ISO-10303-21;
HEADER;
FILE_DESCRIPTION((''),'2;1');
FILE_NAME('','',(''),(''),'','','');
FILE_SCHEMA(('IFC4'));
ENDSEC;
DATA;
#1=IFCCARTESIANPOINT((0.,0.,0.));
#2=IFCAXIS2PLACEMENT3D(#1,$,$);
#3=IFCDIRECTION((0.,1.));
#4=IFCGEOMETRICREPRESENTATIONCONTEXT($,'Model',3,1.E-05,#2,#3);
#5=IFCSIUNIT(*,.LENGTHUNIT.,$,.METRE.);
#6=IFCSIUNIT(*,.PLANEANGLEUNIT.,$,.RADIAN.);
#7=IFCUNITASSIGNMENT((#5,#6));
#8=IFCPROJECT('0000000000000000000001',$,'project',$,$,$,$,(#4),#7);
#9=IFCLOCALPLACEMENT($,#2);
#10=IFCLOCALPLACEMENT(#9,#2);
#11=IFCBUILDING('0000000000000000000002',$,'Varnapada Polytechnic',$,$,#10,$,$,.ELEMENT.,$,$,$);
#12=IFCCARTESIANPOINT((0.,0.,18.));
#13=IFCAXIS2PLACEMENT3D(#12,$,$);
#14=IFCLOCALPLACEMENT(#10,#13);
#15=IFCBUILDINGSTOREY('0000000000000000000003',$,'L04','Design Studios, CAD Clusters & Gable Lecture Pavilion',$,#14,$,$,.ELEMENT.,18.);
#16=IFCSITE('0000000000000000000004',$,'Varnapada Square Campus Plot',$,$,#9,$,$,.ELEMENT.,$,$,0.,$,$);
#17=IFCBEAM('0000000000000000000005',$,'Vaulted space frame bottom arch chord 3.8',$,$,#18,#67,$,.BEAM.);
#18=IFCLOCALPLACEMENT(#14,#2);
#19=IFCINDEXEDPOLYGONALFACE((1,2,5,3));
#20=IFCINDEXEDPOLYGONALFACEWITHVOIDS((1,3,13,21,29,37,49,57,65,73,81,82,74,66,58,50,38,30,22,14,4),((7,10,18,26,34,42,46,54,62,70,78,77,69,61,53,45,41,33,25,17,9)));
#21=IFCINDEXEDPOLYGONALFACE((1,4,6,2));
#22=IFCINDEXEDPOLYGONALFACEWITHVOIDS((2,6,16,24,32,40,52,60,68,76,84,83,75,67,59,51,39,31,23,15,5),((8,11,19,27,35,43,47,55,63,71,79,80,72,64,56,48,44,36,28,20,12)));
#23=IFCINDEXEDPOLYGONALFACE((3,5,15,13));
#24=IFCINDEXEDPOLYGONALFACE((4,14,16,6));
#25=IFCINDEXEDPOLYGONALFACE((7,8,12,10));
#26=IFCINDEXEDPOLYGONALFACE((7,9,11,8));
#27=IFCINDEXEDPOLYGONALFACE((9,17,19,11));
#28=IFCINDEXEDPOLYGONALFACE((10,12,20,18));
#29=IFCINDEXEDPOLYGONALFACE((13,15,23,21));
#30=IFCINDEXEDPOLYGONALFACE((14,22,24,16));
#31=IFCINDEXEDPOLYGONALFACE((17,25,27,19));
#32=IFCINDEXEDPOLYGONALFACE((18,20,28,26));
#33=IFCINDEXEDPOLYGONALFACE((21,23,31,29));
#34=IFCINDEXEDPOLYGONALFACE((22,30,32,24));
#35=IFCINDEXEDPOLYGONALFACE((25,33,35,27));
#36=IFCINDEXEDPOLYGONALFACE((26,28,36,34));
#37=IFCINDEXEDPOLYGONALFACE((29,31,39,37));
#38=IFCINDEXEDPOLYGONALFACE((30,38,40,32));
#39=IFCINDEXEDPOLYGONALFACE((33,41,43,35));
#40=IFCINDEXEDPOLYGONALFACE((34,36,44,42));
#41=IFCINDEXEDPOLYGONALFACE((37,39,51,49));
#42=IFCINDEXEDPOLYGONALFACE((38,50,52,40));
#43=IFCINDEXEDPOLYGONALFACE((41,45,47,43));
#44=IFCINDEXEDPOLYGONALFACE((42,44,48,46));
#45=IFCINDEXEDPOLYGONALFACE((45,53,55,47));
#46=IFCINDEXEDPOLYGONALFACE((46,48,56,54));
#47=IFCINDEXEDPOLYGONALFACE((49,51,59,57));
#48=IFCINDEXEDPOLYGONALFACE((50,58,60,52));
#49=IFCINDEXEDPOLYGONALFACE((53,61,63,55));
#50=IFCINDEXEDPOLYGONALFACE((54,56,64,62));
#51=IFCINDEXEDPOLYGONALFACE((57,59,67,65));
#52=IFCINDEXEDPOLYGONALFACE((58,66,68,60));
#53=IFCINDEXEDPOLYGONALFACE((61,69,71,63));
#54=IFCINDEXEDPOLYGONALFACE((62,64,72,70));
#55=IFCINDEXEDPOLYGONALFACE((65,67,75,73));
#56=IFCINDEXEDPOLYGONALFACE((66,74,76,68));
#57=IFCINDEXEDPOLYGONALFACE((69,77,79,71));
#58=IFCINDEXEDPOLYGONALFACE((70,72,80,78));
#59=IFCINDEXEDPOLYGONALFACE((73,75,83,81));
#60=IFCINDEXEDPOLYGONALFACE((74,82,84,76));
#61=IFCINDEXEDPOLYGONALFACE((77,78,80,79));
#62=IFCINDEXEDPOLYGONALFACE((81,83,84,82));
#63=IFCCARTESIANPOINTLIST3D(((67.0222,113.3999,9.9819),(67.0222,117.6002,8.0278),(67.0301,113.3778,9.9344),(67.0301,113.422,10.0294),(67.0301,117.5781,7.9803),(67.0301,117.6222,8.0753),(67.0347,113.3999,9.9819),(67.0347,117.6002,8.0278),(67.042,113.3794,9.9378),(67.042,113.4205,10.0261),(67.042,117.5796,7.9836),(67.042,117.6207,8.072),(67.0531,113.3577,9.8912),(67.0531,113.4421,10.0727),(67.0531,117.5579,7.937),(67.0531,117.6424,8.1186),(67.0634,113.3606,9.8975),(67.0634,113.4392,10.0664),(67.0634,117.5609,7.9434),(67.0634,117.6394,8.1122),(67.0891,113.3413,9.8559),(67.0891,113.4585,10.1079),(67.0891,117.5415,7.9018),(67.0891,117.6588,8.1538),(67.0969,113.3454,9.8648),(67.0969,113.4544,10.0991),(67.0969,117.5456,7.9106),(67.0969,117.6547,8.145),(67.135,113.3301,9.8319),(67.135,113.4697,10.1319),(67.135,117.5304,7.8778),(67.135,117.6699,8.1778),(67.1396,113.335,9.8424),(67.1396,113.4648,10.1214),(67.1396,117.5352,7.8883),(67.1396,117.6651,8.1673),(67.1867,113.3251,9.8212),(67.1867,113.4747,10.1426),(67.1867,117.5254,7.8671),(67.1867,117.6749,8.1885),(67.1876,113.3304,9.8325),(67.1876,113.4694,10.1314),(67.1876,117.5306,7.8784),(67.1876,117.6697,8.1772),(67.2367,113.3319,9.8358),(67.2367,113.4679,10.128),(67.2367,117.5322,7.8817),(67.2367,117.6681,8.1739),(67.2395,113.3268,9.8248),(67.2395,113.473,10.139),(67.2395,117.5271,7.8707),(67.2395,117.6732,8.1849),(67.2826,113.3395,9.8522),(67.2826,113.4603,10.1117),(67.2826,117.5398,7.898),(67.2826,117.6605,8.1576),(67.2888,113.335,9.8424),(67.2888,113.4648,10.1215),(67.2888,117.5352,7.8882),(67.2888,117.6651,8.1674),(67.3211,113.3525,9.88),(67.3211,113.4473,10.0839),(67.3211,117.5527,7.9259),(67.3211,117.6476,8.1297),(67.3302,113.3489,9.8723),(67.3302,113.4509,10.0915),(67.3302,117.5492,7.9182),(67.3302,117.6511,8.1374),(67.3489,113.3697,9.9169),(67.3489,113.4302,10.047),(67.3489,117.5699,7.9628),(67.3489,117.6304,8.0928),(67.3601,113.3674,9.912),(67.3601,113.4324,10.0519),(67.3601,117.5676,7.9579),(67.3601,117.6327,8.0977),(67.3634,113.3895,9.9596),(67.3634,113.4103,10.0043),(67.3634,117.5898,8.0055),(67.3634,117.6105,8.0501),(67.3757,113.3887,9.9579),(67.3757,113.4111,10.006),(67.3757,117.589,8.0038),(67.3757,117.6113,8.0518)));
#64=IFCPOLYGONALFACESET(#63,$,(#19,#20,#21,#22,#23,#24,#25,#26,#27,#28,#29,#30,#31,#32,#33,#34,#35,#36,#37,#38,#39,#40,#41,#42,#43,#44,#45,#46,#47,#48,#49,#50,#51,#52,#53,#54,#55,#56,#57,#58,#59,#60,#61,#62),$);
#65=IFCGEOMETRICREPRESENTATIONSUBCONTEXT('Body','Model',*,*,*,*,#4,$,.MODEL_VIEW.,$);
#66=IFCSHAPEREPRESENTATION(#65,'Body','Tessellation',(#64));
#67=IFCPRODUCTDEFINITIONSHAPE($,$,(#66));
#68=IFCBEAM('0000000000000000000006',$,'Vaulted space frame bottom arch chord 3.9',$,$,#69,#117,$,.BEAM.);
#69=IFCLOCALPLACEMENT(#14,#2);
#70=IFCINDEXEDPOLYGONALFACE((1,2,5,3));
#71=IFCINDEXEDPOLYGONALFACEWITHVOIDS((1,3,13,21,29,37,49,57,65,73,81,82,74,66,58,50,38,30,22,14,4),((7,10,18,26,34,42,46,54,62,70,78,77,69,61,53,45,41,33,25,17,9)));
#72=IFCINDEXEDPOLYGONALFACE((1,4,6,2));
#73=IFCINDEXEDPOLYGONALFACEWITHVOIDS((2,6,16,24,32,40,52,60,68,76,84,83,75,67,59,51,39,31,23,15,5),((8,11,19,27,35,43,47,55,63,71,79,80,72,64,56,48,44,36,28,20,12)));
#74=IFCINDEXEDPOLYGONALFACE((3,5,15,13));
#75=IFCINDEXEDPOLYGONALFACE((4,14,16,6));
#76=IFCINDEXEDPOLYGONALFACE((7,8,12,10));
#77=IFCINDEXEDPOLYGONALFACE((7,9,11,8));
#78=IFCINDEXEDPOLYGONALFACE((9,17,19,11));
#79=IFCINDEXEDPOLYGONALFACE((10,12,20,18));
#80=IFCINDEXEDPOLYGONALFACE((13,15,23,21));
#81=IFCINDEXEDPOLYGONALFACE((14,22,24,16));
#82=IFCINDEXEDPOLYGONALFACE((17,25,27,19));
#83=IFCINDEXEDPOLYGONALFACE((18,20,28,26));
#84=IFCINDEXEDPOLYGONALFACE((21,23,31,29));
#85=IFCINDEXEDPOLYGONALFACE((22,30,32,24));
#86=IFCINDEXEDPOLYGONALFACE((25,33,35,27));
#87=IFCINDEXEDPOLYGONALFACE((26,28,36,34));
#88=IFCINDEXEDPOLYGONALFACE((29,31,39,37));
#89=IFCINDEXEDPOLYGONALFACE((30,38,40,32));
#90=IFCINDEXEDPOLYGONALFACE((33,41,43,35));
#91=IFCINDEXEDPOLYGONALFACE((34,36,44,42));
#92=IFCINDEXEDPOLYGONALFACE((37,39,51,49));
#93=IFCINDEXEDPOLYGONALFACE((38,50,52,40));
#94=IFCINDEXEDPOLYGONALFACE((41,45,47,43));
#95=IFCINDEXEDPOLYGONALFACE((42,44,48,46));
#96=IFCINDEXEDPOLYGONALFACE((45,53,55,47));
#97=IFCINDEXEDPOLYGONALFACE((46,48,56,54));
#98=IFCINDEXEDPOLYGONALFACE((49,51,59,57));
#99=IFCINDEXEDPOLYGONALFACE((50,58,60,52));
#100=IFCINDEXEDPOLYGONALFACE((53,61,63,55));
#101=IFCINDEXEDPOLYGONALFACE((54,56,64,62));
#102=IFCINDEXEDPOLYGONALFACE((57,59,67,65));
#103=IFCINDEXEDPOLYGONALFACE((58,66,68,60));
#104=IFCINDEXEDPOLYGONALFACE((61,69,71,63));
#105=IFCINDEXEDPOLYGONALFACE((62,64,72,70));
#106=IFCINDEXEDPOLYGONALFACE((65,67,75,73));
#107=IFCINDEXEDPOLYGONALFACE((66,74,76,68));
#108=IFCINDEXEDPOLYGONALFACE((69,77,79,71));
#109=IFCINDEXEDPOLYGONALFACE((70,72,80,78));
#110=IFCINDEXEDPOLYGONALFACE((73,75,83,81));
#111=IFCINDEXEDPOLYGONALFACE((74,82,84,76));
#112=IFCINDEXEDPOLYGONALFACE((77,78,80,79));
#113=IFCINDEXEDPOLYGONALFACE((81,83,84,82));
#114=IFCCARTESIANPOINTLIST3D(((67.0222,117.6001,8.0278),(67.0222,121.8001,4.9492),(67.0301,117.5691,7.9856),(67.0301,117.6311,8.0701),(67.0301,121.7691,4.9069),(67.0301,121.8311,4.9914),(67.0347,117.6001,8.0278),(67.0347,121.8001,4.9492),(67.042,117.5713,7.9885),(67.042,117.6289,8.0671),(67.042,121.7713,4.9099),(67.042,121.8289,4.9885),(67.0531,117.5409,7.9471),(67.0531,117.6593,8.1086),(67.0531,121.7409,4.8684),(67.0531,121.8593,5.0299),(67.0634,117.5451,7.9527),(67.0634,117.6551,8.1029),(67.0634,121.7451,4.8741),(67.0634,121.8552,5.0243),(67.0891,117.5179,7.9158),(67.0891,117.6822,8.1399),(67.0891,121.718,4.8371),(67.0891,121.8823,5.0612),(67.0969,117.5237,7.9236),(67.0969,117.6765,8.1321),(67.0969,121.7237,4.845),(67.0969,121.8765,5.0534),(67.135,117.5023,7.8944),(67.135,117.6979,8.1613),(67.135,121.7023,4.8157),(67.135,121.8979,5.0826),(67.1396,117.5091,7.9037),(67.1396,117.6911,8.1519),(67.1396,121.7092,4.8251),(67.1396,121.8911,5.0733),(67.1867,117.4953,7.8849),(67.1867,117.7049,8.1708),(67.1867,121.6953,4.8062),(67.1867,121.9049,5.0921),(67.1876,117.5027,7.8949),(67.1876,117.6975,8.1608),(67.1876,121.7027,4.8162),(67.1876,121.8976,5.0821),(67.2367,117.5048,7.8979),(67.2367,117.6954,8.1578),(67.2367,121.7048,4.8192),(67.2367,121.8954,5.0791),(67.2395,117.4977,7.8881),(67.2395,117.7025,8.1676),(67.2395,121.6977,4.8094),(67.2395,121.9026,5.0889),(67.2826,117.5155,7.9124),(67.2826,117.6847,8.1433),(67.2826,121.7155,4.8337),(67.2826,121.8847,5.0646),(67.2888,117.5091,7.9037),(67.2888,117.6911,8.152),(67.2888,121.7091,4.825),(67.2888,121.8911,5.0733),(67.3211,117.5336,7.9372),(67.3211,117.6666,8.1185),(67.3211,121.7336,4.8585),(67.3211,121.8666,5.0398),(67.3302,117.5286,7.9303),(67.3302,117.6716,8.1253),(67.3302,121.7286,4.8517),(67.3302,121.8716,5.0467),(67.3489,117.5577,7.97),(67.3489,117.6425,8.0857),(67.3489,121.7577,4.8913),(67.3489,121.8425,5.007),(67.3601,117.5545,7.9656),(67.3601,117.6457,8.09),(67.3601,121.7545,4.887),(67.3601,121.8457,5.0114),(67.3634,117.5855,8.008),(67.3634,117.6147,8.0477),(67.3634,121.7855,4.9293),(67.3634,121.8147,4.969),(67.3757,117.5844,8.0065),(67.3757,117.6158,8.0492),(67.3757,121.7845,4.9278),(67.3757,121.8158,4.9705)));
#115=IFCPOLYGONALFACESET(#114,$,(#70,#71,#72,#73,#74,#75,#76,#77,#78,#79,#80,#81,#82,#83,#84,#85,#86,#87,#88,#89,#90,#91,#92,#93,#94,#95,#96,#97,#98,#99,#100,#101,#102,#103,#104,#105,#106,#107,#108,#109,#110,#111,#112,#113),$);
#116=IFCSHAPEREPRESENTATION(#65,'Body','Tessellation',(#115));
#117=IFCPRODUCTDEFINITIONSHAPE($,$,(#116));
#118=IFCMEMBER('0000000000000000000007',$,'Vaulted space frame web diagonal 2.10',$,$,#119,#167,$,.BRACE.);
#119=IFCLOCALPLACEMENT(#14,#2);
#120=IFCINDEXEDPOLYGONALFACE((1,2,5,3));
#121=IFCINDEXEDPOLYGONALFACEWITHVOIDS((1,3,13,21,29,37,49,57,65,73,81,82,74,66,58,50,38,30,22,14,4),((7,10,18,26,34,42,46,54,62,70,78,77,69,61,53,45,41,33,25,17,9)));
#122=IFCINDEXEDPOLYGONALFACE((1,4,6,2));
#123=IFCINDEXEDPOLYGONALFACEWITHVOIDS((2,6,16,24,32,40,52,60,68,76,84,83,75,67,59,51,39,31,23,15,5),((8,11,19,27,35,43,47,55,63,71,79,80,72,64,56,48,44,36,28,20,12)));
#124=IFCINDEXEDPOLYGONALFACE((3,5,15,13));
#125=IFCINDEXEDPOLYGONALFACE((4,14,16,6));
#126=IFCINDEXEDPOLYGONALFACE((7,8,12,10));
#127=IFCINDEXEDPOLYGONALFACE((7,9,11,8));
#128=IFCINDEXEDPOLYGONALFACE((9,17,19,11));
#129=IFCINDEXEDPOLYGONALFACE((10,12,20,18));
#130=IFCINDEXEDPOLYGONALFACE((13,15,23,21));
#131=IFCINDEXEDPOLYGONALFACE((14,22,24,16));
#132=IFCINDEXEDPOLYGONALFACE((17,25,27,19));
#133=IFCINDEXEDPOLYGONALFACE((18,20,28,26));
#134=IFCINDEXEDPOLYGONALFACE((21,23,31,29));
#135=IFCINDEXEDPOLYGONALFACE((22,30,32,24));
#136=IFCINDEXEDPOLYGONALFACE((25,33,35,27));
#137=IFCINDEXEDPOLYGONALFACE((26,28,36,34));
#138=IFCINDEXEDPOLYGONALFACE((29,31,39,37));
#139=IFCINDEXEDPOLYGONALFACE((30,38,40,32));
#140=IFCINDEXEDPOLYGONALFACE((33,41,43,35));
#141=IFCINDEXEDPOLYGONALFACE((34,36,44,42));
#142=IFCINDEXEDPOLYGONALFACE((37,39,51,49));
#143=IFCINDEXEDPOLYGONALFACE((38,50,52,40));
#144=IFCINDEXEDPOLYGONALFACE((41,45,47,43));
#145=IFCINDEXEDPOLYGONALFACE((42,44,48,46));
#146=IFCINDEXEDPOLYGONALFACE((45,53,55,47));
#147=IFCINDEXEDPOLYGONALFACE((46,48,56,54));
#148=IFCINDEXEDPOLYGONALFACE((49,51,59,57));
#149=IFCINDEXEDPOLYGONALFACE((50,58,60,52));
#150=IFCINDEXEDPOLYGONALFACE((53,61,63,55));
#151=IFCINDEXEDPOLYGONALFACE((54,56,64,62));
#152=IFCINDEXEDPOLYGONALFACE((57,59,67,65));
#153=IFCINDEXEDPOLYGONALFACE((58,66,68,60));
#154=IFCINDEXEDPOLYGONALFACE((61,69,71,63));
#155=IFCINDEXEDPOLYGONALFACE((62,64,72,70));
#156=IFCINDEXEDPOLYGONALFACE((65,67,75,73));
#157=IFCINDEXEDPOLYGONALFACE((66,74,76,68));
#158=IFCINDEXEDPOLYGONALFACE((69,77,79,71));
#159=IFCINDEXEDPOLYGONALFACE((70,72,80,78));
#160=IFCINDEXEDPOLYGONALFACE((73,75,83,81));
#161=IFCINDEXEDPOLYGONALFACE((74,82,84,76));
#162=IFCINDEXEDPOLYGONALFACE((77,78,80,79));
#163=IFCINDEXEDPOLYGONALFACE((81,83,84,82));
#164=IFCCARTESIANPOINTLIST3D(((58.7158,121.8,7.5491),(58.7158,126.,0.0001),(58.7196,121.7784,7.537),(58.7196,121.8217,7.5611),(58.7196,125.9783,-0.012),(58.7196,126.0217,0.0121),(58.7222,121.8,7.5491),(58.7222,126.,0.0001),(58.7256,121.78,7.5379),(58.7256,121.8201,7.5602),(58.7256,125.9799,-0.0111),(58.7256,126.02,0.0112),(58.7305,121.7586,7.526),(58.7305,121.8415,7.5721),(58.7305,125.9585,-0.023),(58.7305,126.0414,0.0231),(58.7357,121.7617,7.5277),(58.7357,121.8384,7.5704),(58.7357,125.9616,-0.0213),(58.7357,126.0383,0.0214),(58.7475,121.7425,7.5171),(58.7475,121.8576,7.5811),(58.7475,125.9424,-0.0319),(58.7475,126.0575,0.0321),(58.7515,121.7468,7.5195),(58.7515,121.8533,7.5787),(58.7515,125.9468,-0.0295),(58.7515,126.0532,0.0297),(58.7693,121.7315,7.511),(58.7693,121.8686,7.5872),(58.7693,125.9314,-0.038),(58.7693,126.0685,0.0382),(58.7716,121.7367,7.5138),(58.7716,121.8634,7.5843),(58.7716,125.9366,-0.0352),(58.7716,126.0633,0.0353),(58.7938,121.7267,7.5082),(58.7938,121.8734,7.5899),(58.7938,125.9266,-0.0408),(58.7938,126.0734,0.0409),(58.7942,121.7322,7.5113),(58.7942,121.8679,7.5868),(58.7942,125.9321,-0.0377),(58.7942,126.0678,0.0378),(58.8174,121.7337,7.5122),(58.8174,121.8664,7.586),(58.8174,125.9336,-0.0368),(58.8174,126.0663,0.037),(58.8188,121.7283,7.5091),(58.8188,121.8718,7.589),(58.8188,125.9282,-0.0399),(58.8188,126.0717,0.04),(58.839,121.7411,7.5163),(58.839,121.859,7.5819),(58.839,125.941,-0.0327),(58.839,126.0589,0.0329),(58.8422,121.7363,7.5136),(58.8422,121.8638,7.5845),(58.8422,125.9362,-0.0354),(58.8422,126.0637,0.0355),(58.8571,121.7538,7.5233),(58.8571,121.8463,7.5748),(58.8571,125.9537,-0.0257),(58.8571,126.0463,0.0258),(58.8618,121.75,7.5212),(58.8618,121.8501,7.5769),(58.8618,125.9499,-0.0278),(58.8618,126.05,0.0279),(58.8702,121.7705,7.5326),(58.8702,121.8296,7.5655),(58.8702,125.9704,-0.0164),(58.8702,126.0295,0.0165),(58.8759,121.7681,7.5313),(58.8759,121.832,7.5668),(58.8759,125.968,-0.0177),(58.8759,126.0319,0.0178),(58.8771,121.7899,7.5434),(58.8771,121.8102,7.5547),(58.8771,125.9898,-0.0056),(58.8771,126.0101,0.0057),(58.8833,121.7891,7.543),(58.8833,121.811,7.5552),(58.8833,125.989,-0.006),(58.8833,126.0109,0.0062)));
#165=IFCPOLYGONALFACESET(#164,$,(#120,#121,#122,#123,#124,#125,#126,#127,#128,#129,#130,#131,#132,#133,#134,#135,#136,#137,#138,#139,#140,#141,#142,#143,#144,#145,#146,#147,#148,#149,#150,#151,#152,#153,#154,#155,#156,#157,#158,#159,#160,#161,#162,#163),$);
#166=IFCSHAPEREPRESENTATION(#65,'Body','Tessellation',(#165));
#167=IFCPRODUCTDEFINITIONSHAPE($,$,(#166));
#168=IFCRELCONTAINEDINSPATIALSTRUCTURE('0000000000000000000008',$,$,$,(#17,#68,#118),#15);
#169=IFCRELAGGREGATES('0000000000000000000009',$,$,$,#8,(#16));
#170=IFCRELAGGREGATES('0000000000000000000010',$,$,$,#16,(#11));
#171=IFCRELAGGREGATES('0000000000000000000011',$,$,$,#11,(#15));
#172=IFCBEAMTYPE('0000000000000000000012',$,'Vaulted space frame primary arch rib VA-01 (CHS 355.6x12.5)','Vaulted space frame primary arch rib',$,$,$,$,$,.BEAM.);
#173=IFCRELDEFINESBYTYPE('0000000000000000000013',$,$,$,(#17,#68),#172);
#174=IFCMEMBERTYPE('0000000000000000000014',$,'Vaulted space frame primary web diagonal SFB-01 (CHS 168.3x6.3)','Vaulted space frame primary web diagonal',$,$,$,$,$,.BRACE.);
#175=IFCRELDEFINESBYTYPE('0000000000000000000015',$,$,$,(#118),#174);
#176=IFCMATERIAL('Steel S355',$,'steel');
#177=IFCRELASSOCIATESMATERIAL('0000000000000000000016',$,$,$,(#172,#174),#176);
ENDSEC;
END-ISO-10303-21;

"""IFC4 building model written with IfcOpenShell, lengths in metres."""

from ifc_helpers import new_model, si_unit, direction, frame, origin, origin_2d, place, context, subcontext, project, spatial, hollow_circle, extrude, material, material_profile, profile_set, type_object, element, save


model = new_model("IFC4")

# Units and contexts
model_context = context("Model", 3, precision=1e-05, world=origin(), true_north=direction((0.0, 1.0)))
body_context = subcontext(model_context, "Body", "Model", "MODEL_VIEW")
ifc_project = project(units=[si_unit("LENGTHUNIT", "METRE"), si_unit("PLANEANGLEUNIT", "RADIAN")], contexts=[model_context])

# Site, building, storey
site_placement = place(None, origin())
site = spatial("IfcSite", under=ifc_project, at=site_placement, Name="Varnapada Square Campus Plot", CompositionType="ELEMENT", RefElevation=0.0)
building_placement = place(site_placement, origin())
building = spatial("IfcBuilding", under=site, at=building_placement, Name="Varnapada Polytechnic", CompositionType="ELEMENT")
storey_placement = place(building_placement, frame((0.0, 0.0, 18.0)))
storey = spatial("IfcBuildingStorey", under=building, at=storey_placement, Name="L04", Description="Design Studios, CAD Clusters & Gable Lecture Pavilion", CompositionType="ELEMENT", Elevation=18.0)

# Shared definitions
ifc_material = material(Name="Steel S355", Category="steel")

# Beams
ifc_material_profile_1 = material_profile(ifc_material, hollow_circle(Radius=0.1777, WallThickness=0.0125, at=origin_2d()), Name="CHS 355.6x12.5")
ifc_profile_set_1 = profile_set([ifc_material_profile_1], Name="Steel S355")
beam_type_1 = type_object("IfcBeamType", Name="Vaulted space frame primary arch rib VA-01 (CHS 355.6x12.5)", Description="Vaulted space frame primary arch rib", PredefinedType="BEAM", material=ifc_profile_set_1)
beam_1_placement = place(storey_placement, frame((67.2, 113.3999, 9.9819), z_axis=(0.0, 0.906678, -0.421823), x_axis=(-1.0, 0.0, 0.0)))
element("IfcBeam", 1, at=beam_1_placement, inside=storey, type_object=beam_type_1, Name="Vaulted space frame bottom arch chord 3.8", PredefinedType="BEAM", context=body_context, shape_type="SweptSolid", body=[
    extrude(hollow_circle(Radius=0.1777, WallThickness=0.0125, at=origin_2d()), origin(), (0.0, 0.0, 1.0), 4.6326),
])
beam_2_placement = place(storey_placement, frame((67.2, 117.6001, 8.0278), z_axis=(0.0, 0.806529, -0.591195), x_axis=(-1.0, 0.0, 0.0)))
element("IfcBeam", 2, at=beam_2_placement, inside=storey, type_object=beam_type_1, Name="Vaulted space frame bottom arch chord 3.9", PredefinedType="BEAM", context=body_context, shape_type="SweptSolid", body=[
    extrude(hollow_circle(Radius=0.1777, WallThickness=0.0125, at=origin_2d()), origin(), (0.0, 0.0, 1.0), 5.2075),
])

# Member
ifc_material_profile_2 = material_profile(ifc_material, hollow_circle(Radius=0.0842, WallThickness=0.0063, at=origin_2d()), Name="CHS 168.3x6.3")
ifc_profile_set_2 = profile_set([ifc_material_profile_2], Name="Steel S355")
member_type_1 = type_object("IfcMemberType", Name="Vaulted space frame primary web diagonal SFB-01 (CHS 168.3x6.3)", Description="Vaulted space frame primary web diagonal", PredefinedType="BRACE", material=ifc_profile_set_2)
member_1_placement = place(storey_placement, frame((58.8, 121.8, 7.5491), z_axis=(0.0, 0.486176, -0.873861), x_axis=(-1.0, 0.0, 0.0)))
element("IfcMember", 3, at=member_1_placement, inside=storey, type_object=member_type_1, Name="Vaulted space frame web diagonal 2.10", PredefinedType="BRACE", context=body_context, shape_type="SweptSolid", body=[
    extrude(hollow_circle(Radius=0.0842, WallThickness=0.0063, at=origin_2d()), origin(), (0.0, 0.0, 1.0), 8.6387),
])

save(model, "model.ifc")
